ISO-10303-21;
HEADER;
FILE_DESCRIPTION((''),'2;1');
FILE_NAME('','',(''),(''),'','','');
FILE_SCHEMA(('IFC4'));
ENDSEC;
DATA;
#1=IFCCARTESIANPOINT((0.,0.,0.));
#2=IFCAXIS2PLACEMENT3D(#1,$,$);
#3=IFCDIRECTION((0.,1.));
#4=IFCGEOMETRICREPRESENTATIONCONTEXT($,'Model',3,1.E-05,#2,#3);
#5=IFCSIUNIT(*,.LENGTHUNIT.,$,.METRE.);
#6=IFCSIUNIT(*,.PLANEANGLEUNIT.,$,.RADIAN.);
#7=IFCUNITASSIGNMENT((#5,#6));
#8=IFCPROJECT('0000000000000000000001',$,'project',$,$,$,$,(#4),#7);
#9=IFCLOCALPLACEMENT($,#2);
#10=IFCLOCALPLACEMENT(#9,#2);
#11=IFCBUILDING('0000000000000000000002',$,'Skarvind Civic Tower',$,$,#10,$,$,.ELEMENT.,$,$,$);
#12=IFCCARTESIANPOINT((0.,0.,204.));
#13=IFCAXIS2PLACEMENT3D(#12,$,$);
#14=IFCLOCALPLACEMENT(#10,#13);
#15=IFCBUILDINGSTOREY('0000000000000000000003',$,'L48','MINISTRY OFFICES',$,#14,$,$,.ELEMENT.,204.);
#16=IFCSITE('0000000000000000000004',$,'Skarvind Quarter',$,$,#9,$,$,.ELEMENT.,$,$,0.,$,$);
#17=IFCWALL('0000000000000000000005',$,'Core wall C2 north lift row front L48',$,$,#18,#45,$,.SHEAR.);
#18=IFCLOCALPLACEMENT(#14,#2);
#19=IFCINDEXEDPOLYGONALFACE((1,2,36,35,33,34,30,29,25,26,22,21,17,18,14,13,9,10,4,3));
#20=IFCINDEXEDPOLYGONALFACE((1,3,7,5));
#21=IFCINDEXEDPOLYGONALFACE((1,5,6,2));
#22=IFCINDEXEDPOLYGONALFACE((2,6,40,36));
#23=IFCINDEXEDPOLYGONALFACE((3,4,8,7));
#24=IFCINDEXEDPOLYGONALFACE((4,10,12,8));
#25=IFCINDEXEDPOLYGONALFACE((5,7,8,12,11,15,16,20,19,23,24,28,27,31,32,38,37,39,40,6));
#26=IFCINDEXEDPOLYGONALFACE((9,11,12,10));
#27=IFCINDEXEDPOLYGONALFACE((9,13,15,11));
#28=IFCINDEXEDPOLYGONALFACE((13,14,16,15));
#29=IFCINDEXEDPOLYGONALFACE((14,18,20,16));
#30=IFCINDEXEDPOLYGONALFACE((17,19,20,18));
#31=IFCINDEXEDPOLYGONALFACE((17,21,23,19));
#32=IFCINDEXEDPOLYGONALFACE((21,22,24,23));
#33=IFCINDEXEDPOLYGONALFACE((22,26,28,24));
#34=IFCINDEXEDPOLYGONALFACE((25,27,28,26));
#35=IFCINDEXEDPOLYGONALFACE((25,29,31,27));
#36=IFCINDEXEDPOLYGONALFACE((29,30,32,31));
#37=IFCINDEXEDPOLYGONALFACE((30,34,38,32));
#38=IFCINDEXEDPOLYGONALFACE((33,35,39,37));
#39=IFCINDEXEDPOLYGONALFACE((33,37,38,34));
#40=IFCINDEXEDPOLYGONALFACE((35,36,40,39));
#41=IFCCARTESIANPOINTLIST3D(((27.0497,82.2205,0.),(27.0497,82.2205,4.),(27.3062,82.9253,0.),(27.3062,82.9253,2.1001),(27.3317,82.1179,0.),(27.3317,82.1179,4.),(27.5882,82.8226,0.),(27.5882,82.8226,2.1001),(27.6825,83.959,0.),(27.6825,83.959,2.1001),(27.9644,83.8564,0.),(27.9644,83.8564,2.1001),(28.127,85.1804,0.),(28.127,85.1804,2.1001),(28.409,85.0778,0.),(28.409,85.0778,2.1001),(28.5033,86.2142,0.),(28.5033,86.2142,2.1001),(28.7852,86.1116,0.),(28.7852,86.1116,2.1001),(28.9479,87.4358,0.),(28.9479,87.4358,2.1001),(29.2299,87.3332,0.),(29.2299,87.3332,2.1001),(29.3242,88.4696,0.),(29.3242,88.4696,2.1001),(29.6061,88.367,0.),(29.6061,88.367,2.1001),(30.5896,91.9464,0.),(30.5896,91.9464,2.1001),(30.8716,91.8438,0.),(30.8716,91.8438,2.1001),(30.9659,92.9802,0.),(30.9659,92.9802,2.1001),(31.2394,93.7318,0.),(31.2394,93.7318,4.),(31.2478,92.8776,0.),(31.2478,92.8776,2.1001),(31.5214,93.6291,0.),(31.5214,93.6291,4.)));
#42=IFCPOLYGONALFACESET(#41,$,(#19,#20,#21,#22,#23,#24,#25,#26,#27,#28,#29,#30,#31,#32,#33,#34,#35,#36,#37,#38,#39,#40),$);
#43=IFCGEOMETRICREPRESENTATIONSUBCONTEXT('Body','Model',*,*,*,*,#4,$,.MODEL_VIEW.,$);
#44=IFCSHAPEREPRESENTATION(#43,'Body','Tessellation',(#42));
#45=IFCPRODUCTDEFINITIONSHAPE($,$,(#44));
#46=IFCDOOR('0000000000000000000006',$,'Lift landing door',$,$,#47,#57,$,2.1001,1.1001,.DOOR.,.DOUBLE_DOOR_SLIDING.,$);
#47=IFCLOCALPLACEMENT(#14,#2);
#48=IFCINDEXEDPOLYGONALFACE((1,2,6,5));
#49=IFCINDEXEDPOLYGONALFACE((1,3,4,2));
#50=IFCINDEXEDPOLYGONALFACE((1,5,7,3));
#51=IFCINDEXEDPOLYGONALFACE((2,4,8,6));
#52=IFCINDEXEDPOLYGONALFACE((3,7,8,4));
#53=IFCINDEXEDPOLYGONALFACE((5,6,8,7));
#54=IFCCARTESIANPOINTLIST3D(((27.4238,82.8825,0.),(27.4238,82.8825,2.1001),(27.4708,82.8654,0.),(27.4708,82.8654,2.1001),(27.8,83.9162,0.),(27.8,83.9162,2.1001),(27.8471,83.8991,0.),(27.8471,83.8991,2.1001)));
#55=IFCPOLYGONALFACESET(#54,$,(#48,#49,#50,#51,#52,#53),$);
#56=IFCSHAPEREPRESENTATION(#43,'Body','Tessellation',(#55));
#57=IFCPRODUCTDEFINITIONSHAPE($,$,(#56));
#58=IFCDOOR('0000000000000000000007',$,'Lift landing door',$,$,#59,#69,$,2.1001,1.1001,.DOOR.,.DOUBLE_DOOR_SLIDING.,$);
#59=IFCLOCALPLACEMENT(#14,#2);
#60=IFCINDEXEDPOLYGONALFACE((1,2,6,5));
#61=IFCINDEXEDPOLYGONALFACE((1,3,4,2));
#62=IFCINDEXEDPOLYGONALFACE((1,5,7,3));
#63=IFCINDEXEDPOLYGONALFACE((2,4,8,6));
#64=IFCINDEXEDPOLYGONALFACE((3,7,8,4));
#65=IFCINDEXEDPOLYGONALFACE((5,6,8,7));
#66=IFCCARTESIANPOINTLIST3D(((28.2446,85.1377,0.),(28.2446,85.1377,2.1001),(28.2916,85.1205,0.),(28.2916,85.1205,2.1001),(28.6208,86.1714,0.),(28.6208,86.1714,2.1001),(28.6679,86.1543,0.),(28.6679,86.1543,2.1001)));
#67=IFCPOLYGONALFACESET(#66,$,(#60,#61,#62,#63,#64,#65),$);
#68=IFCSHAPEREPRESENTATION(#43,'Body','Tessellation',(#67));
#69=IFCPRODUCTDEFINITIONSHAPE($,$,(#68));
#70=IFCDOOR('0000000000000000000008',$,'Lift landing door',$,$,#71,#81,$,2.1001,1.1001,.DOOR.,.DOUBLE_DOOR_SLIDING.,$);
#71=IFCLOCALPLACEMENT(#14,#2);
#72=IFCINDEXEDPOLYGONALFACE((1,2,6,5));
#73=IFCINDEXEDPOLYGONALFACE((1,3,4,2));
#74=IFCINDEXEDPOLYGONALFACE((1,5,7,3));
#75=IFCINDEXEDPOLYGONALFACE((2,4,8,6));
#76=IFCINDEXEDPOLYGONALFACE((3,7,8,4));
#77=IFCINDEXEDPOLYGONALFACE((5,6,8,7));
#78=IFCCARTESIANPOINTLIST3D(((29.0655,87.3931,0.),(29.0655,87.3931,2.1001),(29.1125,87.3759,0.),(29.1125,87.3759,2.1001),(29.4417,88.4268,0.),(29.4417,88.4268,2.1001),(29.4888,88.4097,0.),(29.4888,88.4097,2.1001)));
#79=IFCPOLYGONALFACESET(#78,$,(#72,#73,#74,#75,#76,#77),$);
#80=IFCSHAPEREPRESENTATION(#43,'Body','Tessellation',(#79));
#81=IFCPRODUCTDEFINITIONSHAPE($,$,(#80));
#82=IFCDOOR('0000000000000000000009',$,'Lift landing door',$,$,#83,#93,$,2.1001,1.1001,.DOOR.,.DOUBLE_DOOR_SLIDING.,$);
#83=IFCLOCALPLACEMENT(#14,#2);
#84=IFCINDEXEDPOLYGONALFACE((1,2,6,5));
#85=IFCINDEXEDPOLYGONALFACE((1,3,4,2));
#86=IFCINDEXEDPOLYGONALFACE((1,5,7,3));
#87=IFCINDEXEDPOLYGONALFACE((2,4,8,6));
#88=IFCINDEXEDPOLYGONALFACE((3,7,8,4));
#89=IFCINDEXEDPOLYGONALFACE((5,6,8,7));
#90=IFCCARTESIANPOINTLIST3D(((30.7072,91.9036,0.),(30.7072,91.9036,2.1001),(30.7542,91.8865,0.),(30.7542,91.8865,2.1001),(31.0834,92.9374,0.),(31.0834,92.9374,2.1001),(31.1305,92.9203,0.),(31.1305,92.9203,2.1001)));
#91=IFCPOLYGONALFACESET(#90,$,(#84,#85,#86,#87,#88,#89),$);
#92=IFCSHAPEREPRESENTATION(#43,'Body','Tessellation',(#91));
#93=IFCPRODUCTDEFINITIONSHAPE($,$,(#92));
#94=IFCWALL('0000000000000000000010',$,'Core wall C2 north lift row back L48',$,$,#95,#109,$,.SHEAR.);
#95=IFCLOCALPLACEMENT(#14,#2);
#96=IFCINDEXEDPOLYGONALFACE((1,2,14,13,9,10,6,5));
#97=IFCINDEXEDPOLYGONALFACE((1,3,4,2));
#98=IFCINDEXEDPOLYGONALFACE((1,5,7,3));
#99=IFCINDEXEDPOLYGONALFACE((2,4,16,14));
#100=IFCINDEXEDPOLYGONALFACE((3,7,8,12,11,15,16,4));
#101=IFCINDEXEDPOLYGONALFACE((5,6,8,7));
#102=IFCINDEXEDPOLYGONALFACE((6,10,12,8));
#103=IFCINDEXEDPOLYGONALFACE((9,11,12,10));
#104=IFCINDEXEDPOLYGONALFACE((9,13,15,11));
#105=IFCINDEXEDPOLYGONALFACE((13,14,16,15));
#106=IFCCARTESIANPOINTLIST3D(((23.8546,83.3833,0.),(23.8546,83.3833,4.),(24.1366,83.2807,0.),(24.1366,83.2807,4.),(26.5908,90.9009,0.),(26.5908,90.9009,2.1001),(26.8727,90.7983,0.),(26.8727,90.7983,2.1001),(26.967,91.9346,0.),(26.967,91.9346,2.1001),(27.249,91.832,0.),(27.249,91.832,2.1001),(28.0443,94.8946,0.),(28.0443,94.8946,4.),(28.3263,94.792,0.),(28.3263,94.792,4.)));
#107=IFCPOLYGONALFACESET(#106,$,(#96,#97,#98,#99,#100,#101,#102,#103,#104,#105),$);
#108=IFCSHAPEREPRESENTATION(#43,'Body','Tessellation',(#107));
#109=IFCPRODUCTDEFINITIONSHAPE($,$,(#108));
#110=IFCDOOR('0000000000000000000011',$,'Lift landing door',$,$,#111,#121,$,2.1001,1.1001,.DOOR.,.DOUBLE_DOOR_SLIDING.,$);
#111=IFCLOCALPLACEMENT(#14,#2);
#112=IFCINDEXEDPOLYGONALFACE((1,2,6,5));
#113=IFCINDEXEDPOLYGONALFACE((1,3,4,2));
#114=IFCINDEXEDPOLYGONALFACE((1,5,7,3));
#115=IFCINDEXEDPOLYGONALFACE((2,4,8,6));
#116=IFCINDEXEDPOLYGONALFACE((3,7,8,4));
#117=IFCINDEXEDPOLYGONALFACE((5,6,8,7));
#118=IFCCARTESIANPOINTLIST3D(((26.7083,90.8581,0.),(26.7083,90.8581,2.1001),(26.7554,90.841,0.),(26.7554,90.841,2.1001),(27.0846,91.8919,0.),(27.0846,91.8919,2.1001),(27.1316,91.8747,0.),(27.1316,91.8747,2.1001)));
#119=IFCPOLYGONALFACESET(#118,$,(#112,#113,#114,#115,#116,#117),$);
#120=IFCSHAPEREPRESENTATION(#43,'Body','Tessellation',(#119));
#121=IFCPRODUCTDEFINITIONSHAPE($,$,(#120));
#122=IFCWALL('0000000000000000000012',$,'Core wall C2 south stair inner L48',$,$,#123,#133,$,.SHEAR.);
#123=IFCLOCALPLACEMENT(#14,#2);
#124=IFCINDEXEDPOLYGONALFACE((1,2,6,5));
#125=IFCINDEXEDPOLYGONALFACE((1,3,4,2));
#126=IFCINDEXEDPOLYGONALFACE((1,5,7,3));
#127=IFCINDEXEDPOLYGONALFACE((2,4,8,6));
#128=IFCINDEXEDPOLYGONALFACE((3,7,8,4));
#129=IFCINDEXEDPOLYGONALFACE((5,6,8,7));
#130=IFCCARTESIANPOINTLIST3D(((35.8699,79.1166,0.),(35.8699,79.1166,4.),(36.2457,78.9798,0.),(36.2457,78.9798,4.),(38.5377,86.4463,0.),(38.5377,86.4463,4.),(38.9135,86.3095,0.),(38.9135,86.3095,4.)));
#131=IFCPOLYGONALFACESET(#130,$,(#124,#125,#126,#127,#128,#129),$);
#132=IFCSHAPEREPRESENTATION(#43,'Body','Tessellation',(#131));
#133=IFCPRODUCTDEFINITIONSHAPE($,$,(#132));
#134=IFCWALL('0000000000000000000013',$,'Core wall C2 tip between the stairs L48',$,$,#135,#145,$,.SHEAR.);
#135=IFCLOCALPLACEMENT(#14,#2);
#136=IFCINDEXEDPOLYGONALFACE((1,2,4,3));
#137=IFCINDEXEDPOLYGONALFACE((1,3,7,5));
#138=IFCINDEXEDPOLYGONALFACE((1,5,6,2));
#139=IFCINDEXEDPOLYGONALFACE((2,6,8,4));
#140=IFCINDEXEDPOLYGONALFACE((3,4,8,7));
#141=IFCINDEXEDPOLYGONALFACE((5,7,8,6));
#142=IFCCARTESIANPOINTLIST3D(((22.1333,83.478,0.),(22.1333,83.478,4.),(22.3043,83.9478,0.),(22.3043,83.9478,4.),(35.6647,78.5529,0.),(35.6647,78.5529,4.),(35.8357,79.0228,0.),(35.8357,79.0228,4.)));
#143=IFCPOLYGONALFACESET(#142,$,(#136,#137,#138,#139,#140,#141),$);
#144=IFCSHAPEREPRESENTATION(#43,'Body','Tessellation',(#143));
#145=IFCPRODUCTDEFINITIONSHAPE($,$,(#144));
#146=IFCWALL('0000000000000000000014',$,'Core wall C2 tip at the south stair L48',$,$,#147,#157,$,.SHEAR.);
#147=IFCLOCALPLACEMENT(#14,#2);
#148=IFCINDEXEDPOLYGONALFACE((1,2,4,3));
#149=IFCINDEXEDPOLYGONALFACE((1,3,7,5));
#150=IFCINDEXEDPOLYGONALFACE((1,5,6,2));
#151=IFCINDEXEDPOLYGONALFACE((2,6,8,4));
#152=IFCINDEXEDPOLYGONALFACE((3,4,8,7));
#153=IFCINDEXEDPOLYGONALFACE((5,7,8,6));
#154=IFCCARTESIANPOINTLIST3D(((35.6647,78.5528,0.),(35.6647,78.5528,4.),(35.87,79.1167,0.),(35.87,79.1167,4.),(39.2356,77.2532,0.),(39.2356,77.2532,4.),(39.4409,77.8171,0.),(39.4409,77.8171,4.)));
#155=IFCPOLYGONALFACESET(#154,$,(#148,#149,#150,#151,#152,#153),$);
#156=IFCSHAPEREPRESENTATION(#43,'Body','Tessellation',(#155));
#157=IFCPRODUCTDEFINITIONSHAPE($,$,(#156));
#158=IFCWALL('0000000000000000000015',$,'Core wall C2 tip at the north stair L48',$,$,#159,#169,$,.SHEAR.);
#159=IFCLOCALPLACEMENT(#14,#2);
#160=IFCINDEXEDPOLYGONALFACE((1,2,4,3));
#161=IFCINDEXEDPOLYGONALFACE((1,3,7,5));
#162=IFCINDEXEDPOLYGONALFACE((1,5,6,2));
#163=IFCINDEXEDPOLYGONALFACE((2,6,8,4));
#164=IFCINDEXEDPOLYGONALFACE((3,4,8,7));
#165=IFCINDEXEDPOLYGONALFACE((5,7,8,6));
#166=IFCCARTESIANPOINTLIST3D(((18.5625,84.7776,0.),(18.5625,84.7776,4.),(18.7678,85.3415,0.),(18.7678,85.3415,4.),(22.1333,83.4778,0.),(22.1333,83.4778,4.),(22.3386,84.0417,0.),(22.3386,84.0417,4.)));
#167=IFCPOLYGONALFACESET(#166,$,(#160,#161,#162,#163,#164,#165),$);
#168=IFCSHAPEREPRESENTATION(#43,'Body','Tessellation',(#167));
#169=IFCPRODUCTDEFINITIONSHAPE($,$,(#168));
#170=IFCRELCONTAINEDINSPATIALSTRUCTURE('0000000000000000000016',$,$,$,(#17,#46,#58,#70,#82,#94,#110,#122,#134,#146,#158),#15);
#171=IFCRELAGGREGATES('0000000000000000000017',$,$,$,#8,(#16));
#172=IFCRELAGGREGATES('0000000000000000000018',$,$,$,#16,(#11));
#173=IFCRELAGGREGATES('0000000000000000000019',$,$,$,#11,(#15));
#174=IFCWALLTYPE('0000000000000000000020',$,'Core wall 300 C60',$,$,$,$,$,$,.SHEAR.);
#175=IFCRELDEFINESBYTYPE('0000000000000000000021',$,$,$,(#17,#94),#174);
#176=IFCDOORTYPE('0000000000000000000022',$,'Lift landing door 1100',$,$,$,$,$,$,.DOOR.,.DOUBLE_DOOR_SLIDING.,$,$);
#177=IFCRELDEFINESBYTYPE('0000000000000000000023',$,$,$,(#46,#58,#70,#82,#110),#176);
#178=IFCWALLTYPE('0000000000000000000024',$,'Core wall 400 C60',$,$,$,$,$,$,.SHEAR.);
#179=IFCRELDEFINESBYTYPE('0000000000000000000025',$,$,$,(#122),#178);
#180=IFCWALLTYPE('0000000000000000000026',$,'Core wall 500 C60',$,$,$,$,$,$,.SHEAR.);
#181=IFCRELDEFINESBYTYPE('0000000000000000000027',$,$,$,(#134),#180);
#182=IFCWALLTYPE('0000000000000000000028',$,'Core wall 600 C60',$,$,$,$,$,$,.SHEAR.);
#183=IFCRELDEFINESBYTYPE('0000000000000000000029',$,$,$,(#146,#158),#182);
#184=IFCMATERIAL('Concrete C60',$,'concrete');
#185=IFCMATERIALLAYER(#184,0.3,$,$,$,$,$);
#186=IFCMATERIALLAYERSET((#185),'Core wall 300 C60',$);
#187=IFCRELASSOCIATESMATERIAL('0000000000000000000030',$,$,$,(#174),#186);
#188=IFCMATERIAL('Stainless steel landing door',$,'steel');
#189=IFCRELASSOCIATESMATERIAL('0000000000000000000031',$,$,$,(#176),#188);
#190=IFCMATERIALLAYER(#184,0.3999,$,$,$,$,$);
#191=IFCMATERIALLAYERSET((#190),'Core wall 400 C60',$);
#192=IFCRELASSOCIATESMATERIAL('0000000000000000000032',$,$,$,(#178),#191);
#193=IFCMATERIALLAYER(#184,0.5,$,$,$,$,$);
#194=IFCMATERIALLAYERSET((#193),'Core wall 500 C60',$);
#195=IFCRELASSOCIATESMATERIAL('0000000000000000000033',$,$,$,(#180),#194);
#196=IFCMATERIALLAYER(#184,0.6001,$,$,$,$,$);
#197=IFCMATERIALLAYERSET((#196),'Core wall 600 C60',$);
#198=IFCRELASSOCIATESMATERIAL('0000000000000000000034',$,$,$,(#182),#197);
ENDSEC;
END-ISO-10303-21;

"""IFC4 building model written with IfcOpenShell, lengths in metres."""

from ifc_helpers import new_model, si_unit, direction, frame, frame_2d, origin, place, context, subcontext, project, spatial, rectangle, extrude, material, layer, layer_set, type_object, element, fill, save


model = new_model("IFC4")

# Units and contexts
model_context = context("Model", 3, precision=1e-05, world=origin(), true_north=direction((0.0, 1.0)))
body_context = subcontext(model_context, "Body", "Model", "MODEL_VIEW")
ifc_project = project(units=[si_unit("LENGTHUNIT", "METRE"), si_unit("PLANEANGLEUNIT", "RADIAN")], contexts=[model_context])

# Site, building, storey
site_placement = place(None, origin())
site = spatial("IfcSite", under=ifc_project, at=site_placement, Name="Skarvind Quarter", CompositionType="ELEMENT", RefElevation=0.0)
building_placement = place(site_placement, origin())
building = spatial("IfcBuilding", under=site, at=building_placement, Name="Skarvind Civic Tower", CompositionType="ELEMENT")
storey_placement = place(building_placement, frame((0.0, 0.0, 204.0)))
storey = spatial("IfcBuildingStorey", under=building, at=storey_placement, Name="L48", Description="MINISTRY OFFICES", CompositionType="ELEMENT", Elevation=204.0)

# Shared definitions
ifc_material_1 = material(Name="Concrete C60", Category="concrete")
ifc_layer_1 = layer(ifc_material_1, 0.3)
ifc_layer_set_1 = layer_set([ifc_layer_1], Name="Core wall 300 C60")
wall_type_1 = type_object("IfcWallType", Name="Core wall 300 C60", PredefinedType="SHEAR", material=ifc_layer_set_1)

# Wall, openings, doors
wall_1_placement = place(storey_placement, frame((27.1907, 82.1692, 0.0), z_axis=(0.0, 0.0, 1.0), x_axis=(0.342017, 0.939694, 0.0)))
wall_1 = element("IfcWall", 1, at=wall_1_placement, inside=storey, type_object=wall_type_1, Name="Core wall C2 north lift row front L48", PredefinedType="SHEAR", context=body_context, shape_type="SweptSolid", body=[
    extrude(rectangle(XDim=12.25, YDim=0.3, at=frame_2d((6.125, 0.0))), origin(), (0.0, 0.0, 1.0), 4.0),
])
opening_1_placement = place(wall_1_placement, frame((0.75, 0.0, 0.0)))
opening_1 = element("IfcOpeningElement", 2, at=opening_1_placement, cuts=wall_1, PredefinedType="OPENING", context=body_context, shape_type="SweptSolid", body=[
    extrude(rectangle(XDim=1.1001, YDim=2.1001, at=frame_2d((0.55, 1.05))), frame((0.0, 0.1599, 0.0), z_axis=(0.0, -1.0, 0.0), x_axis=(1.0, 0.0, 0.0)), (0.0, 0.0, 1.0), 0.3201),
])
opening_2_placement = place(wall_1_placement, frame((3.1499, 0.0, 0.0)))
opening_2 = element("IfcOpeningElement", 3, at=opening_2_placement, cuts=wall_1, PredefinedType="OPENING", context=body_context, shape_type="SweptSolid", body=[
    extrude(rectangle(XDim=1.1001, YDim=2.1001, at=frame_2d((0.55, 1.05))), frame((0.0, 0.1599, 0.0), z_axis=(0.0, -1.0, 0.0), x_axis=(1.0, 0.0, 0.0)), (0.0, 0.0, 1.0), 0.3201),
])
opening_3_placement = place(wall_1_placement, frame((5.55, 0.0, 0.0)))
opening_3 = element("IfcOpeningElement", 4, at=opening_3_placement, cuts=wall_1, PredefinedType="OPENING", context=body_context, shape_type="SweptSolid", body=[
    extrude(rectangle(XDim=1.1001, YDim=2.1001, at=frame_2d((0.55, 1.05))), frame((0.0, 0.1599, 0.0), z_axis=(0.0, -1.0, 0.0), x_axis=(1.0, 0.0, 0.0)), (0.0, 0.0, 1.0), 0.3201),
])
opening_4_placement = place(wall_1_placement, frame((10.3501, 0.0, 0.0)))
opening_4 = element("IfcOpeningElement", 5, at=opening_4_placement, cuts=wall_1, PredefinedType="OPENING", context=body_context, shape_type="SweptSolid", body=[
    extrude(rectangle(XDim=1.1001, YDim=2.1001, at=frame_2d((0.55, 1.05))), frame((0.0, 0.1599, 0.0), z_axis=(0.0, -1.0, 0.0), x_axis=(1.0, 0.0, 0.0)), (0.0, 0.0, 1.0), 0.3201),
])
ifc_material_2 = material(Name="Stainless steel landing door", Category="steel")
door_type_1 = type_object("IfcDoorType", Name="Lift landing door 1100", OperationType="DOUBLE_DOOR_SLIDING", PredefinedType="DOOR", material=ifc_material_2)
door_1_placement = place(opening_1_placement, origin())
door_1 = element("IfcDoor", 6, at=door_1_placement, inside=storey, type_object=door_type_1, Name="Lift landing door", OperationType="DOUBLE_DOOR_SLIDING", OverallHeight=2.1001, OverallWidth=1.1001, PredefinedType="DOOR", context=body_context, shape_type="SweptSolid", body=[
    extrude(rectangle(XDim=1.1001, YDim=2.1001, at=frame_2d((0.55, 1.05))), frame((0.0, 0.0249, 0.0), z_axis=(0.0, -1.0, 0.0), x_axis=(1.0, 0.0, 0.0)), (0.0, 0.0, 1.0), 0.05),
])
fill(opening_1, door_1)
door_2_placement = place(opening_2_placement, origin())
door_2 = element("IfcDoor", 7, at=door_2_placement, inside=storey, type_object=door_type_1, Name="Lift landing door", OperationType="DOUBLE_DOOR_SLIDING", OverallHeight=2.1001, OverallWidth=1.1001, PredefinedType="DOOR", context=body_context, shape_type="SweptSolid", body=[
    extrude(rectangle(XDim=1.1001, YDim=2.1001, at=frame_2d((0.55, 1.05))), frame((0.0, 0.0249, 0.0), z_axis=(0.0, -1.0, 0.0), x_axis=(1.0, 0.0, 0.0)), (0.0, 0.0, 1.0), 0.05),
])
fill(opening_2, door_2)
door_3_placement = place(opening_3_placement, origin())
door_3 = element("IfcDoor", 8, at=door_3_placement, inside=storey, type_object=door_type_1, Name="Lift landing door", OperationType="DOUBLE_DOOR_SLIDING", OverallHeight=2.1001, OverallWidth=1.1001, PredefinedType="DOOR", context=body_context, shape_type="SweptSolid", body=[
    extrude(rectangle(XDim=1.1001, YDim=2.1001, at=frame_2d((0.55, 1.05))), frame((0.0, 0.0249, 0.0), z_axis=(0.0, -1.0, 0.0), x_axis=(1.0, 0.0, 0.0)), (0.0, 0.0, 1.0), 0.05),
])
fill(opening_3, door_3)
door_4_placement = place(opening_4_placement, origin())
door_4 = element("IfcDoor", 9, at=door_4_placement, inside=storey, type_object=door_type_1, Name="Lift landing door", OperationType="DOUBLE_DOOR_SLIDING", OverallHeight=2.1001, OverallWidth=1.1001, PredefinedType="DOOR", context=body_context, shape_type="SweptSolid", body=[
    extrude(rectangle(XDim=1.1001, YDim=2.1001, at=frame_2d((0.55, 1.05))), frame((0.0, 0.0249, 0.0), z_axis=(0.0, -1.0, 0.0), x_axis=(1.0, 0.0, 0.0)), (0.0, 0.0, 1.0), 0.05),
])
fill(opening_4, door_4)

# Wall, opening, door
wall_2_placement = place(storey_placement, frame((23.9956, 83.332, 0.0), z_axis=(0.0, 0.0, 1.0), x_axis=(0.342017, 0.939694, 0.0)))
wall_2 = element("IfcWall", 10, at=wall_2_placement, inside=storey, type_object=wall_type_1, Name="Core wall C2 north lift row back L48", PredefinedType="SHEAR", context=body_context, shape_type="SweptSolid", body=[
    extrude(rectangle(XDim=12.25, YDim=0.3, at=frame_2d((6.125, 0.0))), origin(), (0.0, 0.0, 1.0), 4.0),
])
opening_5_placement = place(wall_2_placement, frame((8.0, 0.0, 0.0)))
opening_5 = element("IfcOpeningElement", 11, at=opening_5_placement, cuts=wall_2, PredefinedType="OPENING", context=body_context, shape_type="SweptSolid", body=[
    extrude(rectangle(XDim=1.1001, YDim=2.1001, at=frame_2d((0.55, 1.05))), frame((0.0, 0.1599, 0.0), z_axis=(0.0, -1.0, 0.0), x_axis=(1.0, 0.0, 0.0)), (0.0, 0.0, 1.0), 0.3201),
])
door_5_placement = place(opening_5_placement, origin())
door_5 = element("IfcDoor", 12, at=door_5_placement, inside=storey, type_object=door_type_1, Name="Lift landing door", OperationType="DOUBLE_DOOR_SLIDING", OverallHeight=2.1001, OverallWidth=1.1001, PredefinedType="DOOR", context=body_context, shape_type="SweptSolid", body=[
    extrude(rectangle(XDim=1.1001, YDim=2.1001, at=frame_2d((0.55, 1.05))), frame((0.0, 0.0249, 0.0), z_axis=(0.0, -1.0, 0.0), x_axis=(1.0, 0.0, 0.0)), (0.0, 0.0, 1.0), 0.05),
])
fill(opening_5, door_5)

# Walls
ifc_layer_2 = layer(ifc_material_1, 0.3999)
ifc_layer_set_2 = layer_set([ifc_layer_2], Name="Core wall 400 C60")
wall_type_2 = type_object("IfcWallType", Name="Core wall 400 C60", PredefinedType="SHEAR", material=ifc_layer_set_2)
wall_3_placement = place(storey_placement, frame((36.0579, 79.0483, 0.0), z_axis=(0.0, 0.0, 1.0), x_axis=(0.342017, 0.939694, 0.0)))
element("IfcWall", 13, at=wall_3_placement, inside=storey, type_object=wall_type_2, Name="Core wall C2 south stair inner L48", PredefinedType="SHEAR", context=body_context, shape_type="SweptSolid", body=[
    extrude(rectangle(XDim=7.8, YDim=0.3999, at=frame_2d((3.8999, 0.0))), origin(), (0.0, 0.0, 1.0), 4.0),
])
ifc_layer_3 = layer(ifc_material_1, 0.5)
ifc_layer_set_3 = layer_set([ifc_layer_3], Name="Core wall 500 C60")
wall_type_3 = type_object("IfcWallType", Name="Core wall 500 C60", PredefinedType="SHEAR", material=ifc_layer_set_3)
wall_4_placement = place(storey_placement, frame((35.7502, 78.7878, 0.0), z_axis=(0.0, 0.0, 1.0), x_axis=(-0.939693, 0.342019, 0.0)))
element("IfcWall", 14, at=wall_4_placement, inside=storey, type_object=wall_type_3, Name="Core wall C2 tip between the stairs L48", PredefinedType="SHEAR", context=body_context, shape_type="SweptSolid", body=[
    extrude(rectangle(XDim=14.3999, YDim=0.5, at=frame_2d((7.2, 0.0))), origin(), (0.0, 0.0, 1.0), 4.0),
])
ifc_layer_4 = layer(ifc_material_1, 0.6001)
ifc_layer_set_4 = layer_set([ifc_layer_4], Name="Core wall 600 C60")
wall_type_4 = type_object("IfcWallType", Name="Core wall 600 C60", PredefinedType="SHEAR", material=ifc_layer_set_4)
for number, where, z_axis, x_axis, name in (
    (15, (39.3381, 77.5352, 0.0), (0.0, 0.0, 1.0), (-0.939701, 0.341996, 0.0), "Core wall C2 tip at the south stair L48"),
    (16, (22.2358, 83.7598, 0.0), (0.0, 0.0, 1.0), (-0.939681, 0.342053, 0.0), "Core wall C2 tip at the north stair L48"),
):
    element("IfcWall", number, at=place(storey_placement, frame(where, z_axis=z_axis, x_axis=x_axis)), inside=storey, type_object=wall_type_4, Name=name, PredefinedType="SHEAR", context=body_context, shape_type="SweptSolid", body=[
        extrude(rectangle(XDim=3.8, YDim=0.6001, at=frame_2d((1.8999, 0.0))), origin(), (0.0, 0.0, 1.0), 4.0),
    ])

save(model, "model.ifc")
